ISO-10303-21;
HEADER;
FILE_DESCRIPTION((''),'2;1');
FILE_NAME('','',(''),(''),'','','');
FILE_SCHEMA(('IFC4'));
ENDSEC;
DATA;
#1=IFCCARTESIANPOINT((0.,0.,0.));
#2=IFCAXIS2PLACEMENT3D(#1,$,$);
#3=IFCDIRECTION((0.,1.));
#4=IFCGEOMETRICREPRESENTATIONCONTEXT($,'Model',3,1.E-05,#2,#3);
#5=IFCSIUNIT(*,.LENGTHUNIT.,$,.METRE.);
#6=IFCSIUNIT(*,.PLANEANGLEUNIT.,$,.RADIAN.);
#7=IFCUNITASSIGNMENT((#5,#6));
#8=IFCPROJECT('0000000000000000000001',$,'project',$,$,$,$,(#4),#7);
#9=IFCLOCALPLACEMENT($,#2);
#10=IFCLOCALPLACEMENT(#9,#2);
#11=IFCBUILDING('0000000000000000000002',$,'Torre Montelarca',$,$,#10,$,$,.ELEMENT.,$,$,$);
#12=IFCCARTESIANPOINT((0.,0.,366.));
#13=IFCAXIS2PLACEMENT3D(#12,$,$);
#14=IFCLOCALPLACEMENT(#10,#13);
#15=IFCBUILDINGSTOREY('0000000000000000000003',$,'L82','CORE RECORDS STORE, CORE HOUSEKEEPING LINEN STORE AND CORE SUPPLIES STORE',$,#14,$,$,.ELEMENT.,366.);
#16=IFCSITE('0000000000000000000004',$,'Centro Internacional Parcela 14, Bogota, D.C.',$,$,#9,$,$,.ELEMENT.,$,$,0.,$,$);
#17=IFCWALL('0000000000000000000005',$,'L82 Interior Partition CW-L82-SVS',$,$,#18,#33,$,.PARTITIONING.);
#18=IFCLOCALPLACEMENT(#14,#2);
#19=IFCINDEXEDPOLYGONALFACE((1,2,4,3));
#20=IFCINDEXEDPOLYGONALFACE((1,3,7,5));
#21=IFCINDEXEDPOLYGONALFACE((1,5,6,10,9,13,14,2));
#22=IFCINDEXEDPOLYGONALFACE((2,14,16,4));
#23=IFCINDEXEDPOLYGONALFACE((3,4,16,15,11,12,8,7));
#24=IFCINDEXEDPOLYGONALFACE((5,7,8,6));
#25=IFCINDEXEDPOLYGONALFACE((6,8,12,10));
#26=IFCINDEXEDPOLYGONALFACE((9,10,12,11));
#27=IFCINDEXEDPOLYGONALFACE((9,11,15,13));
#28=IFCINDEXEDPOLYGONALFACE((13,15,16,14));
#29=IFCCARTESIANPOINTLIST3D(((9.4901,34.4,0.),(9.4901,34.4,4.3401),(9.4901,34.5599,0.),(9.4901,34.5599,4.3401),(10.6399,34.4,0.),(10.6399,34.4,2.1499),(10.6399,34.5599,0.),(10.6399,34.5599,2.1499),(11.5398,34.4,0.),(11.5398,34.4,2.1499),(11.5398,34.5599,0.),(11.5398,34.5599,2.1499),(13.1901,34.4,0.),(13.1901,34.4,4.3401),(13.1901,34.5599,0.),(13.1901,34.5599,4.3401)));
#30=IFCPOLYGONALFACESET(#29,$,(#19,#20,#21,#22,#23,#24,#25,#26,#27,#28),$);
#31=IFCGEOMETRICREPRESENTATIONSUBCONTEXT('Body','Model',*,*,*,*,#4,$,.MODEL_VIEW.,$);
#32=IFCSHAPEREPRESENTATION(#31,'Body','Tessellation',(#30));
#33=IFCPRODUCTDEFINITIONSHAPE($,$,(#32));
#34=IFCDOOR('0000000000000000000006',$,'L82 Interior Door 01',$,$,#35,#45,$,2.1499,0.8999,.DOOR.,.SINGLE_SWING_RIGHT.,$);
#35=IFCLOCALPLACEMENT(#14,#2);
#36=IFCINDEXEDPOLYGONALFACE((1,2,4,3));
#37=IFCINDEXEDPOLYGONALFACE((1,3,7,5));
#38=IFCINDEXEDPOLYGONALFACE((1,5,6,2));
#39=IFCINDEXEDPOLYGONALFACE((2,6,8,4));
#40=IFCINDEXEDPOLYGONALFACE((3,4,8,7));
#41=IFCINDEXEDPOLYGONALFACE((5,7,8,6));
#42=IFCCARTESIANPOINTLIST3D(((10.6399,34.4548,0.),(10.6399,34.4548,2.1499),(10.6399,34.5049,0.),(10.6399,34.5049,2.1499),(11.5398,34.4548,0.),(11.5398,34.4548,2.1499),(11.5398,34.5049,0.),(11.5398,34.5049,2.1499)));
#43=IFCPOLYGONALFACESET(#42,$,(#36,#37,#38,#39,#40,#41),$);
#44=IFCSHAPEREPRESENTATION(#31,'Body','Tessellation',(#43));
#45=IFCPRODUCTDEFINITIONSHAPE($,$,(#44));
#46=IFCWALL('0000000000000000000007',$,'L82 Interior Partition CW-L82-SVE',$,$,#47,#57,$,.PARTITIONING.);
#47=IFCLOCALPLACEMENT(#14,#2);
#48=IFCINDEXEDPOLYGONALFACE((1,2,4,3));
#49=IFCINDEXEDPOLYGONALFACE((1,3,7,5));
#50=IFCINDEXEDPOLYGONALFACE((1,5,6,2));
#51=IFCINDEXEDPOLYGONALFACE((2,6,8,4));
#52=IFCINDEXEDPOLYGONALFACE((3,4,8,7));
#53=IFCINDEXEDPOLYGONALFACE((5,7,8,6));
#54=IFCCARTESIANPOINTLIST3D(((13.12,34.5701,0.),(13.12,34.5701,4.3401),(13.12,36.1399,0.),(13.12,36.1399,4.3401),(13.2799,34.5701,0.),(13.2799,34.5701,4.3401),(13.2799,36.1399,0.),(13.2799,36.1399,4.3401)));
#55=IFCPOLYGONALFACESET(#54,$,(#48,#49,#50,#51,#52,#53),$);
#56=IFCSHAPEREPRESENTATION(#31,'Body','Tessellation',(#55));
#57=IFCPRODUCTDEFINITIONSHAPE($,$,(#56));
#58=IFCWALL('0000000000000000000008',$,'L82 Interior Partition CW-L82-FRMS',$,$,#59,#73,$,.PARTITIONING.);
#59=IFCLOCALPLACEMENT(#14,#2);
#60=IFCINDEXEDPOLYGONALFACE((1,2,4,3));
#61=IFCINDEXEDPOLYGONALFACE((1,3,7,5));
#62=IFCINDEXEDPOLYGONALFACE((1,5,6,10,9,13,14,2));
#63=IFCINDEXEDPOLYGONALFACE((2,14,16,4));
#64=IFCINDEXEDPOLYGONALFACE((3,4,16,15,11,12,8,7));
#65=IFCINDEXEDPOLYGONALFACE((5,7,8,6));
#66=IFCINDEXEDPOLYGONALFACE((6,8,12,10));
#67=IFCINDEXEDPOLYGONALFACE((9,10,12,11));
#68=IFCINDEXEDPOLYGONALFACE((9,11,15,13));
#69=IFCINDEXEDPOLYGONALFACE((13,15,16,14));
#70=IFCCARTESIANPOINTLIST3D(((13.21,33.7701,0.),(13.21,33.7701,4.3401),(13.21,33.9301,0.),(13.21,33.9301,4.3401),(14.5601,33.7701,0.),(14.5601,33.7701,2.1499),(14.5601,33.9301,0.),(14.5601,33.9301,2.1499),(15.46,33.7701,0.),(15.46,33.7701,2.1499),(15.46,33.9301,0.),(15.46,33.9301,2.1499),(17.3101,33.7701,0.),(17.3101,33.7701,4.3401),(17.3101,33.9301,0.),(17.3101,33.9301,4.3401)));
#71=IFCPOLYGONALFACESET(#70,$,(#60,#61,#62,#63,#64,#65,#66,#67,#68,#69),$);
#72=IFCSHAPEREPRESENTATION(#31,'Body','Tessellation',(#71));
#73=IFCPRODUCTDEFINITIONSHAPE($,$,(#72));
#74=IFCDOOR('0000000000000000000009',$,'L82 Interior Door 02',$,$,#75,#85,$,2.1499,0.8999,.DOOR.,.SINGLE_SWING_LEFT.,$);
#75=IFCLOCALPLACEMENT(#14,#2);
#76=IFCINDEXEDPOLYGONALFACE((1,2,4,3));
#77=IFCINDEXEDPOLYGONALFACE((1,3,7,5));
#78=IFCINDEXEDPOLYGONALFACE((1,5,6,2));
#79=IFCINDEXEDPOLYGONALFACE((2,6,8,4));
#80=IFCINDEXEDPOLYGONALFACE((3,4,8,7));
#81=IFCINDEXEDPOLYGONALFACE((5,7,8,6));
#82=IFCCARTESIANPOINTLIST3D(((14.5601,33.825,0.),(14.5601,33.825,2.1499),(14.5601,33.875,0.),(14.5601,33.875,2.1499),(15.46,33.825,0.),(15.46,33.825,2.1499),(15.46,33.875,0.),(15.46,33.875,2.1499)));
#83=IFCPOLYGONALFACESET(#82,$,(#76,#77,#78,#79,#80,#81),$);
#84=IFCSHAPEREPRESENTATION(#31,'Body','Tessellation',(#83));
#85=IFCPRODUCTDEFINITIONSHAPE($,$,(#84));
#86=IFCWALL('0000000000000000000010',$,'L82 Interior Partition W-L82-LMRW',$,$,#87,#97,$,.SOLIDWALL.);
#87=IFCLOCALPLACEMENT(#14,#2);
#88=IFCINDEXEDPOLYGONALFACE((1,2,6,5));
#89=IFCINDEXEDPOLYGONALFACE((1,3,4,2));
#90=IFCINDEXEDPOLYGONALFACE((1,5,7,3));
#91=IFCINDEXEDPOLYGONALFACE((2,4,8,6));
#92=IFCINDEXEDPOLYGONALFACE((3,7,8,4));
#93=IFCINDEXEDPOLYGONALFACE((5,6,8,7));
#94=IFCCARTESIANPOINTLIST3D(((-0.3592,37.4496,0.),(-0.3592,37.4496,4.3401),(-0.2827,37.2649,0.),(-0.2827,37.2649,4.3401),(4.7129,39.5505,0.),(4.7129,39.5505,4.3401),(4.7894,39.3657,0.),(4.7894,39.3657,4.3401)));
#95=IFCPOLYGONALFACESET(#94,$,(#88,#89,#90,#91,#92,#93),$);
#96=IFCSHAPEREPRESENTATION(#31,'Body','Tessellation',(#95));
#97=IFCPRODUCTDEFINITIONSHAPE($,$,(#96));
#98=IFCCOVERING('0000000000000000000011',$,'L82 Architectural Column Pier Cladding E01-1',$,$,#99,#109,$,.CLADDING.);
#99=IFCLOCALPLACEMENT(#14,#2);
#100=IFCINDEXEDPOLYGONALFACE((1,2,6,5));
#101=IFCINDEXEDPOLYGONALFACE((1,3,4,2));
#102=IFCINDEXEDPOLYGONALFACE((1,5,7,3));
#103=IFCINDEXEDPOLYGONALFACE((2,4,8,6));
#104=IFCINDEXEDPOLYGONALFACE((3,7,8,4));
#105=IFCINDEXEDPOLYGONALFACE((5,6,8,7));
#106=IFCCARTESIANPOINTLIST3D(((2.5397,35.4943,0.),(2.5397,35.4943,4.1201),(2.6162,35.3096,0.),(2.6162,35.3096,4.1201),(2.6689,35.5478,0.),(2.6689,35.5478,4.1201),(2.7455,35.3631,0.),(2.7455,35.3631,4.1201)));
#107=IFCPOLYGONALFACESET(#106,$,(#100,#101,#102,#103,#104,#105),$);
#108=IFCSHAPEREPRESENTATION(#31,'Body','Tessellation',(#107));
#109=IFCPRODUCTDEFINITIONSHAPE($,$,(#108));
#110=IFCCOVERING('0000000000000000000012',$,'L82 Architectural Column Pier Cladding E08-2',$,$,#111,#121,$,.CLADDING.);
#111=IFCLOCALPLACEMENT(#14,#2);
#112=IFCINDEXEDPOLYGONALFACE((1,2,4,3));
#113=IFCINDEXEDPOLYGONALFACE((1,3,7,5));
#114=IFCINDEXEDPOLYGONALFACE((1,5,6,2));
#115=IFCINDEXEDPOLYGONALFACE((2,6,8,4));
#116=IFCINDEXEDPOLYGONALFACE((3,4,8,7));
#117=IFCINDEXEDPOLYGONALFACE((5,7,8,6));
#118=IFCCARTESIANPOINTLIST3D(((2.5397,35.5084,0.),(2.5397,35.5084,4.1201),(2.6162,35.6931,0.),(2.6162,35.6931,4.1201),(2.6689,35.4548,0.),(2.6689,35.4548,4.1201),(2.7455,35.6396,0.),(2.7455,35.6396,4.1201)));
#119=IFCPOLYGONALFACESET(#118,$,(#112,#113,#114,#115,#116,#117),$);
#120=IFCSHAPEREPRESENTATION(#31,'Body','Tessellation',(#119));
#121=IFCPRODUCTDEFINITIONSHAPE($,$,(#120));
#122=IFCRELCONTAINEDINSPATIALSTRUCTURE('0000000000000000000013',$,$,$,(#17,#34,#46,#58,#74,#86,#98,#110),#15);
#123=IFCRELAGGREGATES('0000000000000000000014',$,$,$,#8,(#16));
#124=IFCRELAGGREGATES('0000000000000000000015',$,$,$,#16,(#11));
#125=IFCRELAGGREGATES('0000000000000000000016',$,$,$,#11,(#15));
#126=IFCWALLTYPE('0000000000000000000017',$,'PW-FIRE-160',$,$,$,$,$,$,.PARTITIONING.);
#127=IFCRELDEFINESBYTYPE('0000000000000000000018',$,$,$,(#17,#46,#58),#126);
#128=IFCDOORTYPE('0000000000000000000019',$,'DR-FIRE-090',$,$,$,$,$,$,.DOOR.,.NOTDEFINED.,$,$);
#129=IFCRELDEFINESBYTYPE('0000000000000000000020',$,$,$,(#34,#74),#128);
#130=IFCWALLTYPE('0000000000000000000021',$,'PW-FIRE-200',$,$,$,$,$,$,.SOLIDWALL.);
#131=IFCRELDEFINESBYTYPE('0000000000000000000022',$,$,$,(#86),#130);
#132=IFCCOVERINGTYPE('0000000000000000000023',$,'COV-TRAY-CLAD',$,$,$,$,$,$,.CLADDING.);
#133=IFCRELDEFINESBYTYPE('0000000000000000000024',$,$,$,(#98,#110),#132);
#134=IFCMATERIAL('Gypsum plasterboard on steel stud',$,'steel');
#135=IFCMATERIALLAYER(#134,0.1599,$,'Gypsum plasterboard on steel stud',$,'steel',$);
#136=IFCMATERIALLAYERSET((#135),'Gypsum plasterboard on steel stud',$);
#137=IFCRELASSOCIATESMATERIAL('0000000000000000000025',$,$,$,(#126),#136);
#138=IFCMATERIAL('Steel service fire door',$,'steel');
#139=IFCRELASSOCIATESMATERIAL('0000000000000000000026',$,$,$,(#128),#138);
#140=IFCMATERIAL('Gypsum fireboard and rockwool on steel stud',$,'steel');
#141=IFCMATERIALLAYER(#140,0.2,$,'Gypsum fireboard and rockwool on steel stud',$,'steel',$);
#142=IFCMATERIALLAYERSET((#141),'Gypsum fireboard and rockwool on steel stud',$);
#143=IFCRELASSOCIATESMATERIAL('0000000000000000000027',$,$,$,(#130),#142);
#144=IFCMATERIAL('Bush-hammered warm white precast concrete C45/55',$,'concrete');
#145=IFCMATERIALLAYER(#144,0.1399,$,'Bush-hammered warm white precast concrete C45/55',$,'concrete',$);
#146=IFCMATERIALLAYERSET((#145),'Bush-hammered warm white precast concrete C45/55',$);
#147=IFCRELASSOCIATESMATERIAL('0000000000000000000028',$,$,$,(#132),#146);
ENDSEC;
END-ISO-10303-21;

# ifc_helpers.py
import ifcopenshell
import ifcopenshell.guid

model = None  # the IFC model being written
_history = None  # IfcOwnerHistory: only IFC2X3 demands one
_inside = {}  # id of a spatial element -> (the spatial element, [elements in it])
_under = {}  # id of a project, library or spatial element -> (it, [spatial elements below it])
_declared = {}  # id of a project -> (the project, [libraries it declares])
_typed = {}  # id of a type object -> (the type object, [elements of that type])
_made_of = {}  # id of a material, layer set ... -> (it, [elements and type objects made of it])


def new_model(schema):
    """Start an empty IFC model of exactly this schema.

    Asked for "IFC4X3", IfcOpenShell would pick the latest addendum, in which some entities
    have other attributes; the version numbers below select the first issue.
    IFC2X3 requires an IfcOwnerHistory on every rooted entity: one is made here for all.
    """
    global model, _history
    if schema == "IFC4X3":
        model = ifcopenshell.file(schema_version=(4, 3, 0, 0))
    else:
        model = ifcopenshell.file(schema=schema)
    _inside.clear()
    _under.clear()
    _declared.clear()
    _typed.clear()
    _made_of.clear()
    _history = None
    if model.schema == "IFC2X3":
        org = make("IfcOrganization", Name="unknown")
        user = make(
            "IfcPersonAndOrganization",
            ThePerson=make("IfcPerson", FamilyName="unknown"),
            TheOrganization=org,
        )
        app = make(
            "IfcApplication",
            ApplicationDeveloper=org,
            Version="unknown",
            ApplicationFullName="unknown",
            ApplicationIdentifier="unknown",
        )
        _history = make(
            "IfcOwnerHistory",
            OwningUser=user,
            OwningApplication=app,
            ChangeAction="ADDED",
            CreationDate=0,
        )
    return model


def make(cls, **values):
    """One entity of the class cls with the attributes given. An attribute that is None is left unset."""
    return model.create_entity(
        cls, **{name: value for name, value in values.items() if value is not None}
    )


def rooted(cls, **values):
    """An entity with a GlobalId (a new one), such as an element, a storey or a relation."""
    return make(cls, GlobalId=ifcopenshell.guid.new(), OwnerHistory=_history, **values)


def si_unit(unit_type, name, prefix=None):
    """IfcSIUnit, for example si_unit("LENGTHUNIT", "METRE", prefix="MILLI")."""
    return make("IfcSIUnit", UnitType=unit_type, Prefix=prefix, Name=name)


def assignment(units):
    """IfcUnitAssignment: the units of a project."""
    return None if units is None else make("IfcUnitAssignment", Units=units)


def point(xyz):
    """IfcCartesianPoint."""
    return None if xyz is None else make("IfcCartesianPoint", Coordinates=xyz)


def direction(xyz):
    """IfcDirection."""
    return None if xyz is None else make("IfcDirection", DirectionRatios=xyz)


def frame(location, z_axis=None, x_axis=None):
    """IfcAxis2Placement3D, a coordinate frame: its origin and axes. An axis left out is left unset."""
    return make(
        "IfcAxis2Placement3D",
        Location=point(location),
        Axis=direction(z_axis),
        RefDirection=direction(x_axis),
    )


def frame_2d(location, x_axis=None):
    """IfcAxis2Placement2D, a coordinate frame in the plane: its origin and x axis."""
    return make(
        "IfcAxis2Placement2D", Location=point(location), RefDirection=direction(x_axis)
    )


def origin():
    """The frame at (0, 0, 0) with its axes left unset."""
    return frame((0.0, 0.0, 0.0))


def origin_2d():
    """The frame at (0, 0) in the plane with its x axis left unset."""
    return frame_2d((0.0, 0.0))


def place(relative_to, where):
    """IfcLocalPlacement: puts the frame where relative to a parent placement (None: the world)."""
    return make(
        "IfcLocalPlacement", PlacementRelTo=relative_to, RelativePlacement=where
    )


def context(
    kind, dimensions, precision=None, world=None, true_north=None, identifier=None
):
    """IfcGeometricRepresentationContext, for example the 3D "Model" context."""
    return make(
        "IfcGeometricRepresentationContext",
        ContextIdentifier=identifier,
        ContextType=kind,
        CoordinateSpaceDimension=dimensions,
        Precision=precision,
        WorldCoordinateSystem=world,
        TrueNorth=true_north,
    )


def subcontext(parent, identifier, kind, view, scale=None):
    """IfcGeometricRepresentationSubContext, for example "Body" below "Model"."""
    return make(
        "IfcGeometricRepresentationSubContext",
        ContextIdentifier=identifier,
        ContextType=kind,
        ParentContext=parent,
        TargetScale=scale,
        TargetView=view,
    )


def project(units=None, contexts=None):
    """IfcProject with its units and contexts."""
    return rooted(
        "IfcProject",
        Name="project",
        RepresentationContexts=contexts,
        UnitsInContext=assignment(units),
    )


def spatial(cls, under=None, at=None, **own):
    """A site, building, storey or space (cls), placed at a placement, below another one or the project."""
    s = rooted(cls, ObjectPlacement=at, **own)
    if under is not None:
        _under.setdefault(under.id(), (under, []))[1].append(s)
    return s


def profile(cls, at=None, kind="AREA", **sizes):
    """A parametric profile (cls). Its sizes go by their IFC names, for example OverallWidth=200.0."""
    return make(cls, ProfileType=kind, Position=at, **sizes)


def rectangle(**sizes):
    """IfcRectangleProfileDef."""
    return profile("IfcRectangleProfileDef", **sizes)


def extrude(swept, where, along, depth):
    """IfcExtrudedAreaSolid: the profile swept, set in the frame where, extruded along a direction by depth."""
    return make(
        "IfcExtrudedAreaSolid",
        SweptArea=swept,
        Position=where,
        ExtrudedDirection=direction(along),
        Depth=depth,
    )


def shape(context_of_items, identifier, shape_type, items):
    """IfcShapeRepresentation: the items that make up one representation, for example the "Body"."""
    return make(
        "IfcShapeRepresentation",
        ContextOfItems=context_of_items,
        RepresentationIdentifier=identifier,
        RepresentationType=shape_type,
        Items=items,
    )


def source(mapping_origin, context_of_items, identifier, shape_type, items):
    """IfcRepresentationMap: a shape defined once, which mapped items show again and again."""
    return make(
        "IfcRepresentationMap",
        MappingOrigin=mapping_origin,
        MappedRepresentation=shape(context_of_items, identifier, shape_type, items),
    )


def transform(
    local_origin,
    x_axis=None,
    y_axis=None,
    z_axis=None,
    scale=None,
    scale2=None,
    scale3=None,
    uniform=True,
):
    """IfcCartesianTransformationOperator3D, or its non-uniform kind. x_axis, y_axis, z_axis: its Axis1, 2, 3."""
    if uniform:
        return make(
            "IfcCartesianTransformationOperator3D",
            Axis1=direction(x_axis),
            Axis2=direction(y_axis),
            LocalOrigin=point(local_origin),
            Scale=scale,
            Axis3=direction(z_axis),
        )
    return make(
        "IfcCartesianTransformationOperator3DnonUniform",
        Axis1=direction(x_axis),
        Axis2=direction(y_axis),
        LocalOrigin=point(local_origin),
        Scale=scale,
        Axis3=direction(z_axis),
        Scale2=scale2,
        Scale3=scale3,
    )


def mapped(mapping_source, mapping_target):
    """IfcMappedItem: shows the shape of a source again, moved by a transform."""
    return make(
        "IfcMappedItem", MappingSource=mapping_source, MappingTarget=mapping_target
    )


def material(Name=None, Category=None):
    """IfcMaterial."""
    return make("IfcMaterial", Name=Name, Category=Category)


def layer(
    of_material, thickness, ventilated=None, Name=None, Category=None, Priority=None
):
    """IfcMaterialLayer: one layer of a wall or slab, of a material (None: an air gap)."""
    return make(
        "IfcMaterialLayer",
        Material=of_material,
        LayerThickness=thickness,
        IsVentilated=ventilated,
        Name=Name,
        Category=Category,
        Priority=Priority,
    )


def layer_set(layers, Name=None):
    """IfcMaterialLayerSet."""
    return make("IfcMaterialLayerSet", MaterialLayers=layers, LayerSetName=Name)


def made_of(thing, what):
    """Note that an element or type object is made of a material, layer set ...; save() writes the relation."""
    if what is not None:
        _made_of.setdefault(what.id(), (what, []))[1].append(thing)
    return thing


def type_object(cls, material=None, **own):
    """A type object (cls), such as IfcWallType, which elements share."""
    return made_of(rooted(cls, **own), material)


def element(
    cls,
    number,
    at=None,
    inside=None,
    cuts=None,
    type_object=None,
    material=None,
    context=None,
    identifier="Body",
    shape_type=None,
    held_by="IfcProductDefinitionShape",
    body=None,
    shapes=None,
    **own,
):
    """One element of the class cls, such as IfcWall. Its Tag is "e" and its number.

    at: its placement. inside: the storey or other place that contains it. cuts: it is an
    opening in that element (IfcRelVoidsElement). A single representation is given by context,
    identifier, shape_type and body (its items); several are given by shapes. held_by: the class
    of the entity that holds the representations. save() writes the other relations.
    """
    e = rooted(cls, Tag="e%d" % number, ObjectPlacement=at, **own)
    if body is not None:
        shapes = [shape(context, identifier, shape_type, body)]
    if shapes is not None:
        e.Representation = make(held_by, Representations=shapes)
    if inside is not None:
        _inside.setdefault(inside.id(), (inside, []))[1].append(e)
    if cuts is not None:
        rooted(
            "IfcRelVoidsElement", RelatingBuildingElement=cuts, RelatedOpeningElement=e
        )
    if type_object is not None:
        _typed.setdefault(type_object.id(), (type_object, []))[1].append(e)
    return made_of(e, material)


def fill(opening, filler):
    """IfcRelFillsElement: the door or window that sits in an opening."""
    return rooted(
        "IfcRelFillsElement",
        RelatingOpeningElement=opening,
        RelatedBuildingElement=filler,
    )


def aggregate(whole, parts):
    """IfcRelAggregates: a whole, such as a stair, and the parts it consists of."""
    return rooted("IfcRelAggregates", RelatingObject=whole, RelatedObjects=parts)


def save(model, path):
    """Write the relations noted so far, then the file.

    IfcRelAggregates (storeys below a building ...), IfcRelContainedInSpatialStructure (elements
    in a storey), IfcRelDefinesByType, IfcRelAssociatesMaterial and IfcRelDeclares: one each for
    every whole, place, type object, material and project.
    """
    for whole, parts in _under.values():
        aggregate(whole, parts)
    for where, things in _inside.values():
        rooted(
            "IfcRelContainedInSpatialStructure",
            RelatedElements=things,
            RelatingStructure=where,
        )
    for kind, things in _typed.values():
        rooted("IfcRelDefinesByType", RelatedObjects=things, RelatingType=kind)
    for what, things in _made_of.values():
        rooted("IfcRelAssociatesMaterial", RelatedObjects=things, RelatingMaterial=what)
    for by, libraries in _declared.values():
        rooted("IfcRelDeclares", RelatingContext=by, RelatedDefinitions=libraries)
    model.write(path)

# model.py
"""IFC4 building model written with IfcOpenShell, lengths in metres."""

from ifc_helpers import new_model, si_unit, direction, frame, frame_2d, origin, origin_2d, place, context, subcontext, project, spatial, rectangle, extrude, source, transform, mapped, material, layer, layer_set, type_object, element, fill, save


model = new_model("IFC4")

# Units and contexts
model_context = context("Model", 3, precision=1e-05, world=origin(), true_north=direction((0.0, 1.0)))
body_context = subcontext(model_context, "Body", "Model", "MODEL_VIEW")
ifc_project = project(units=[si_unit("LENGTHUNIT", "METRE"), si_unit("PLANEANGLEUNIT", "RADIAN")], contexts=[model_context])

# Site, building, storey
site_placement = place(None, origin())
site = spatial("IfcSite", under=ifc_project, at=site_placement, Name="Centro Internacional Parcela 14, Bogota, D.C.", CompositionType="ELEMENT", RefElevation=0.0)
building_placement = place(site_placement, origin())
building = spatial("IfcBuilding", under=site, at=building_placement, Name="Torre Montelarca", CompositionType="ELEMENT")
storey_placement = place(building_placement, frame((0.0, 0.0, 366.0)))
storey = spatial("IfcBuildingStorey", under=building, at=storey_placement, Name="L82", Description="CORE RECORDS STORE, CORE HOUSEKEEPING LINEN STORE AND CORE SUPPLIES STORE", CompositionType="ELEMENT", Elevation=366.0)

# Wall, opening, door
ifc_material_1 = material(Name="Gypsum plasterboard on steel stud", Category="steel")
ifc_layer_1 = layer(ifc_material_1, 0.1599, Name="Gypsum plasterboard on steel stud", Category="steel")
ifc_layer_set_1 = layer_set([ifc_layer_1], Name="Gypsum plasterboard on steel stud")
wall_type_1 = type_object("IfcWallType", Name="PW-FIRE-160", PredefinedType="PARTITIONING", material=ifc_layer_set_1)
wall_1_placement = place(storey_placement, frame((9.49, 34.48, 0.0), z_axis=(0.0, 0.0, 1.0), x_axis=(1.0, 0.0, 0.0)))
wall_1 = element("IfcWall", 1, at=wall_1_placement, inside=storey, type_object=wall_type_1, Name="L82 Interior Partition CW-L82-SVS", PredefinedType="PARTITIONING", context=body_context, shape_type="SweptSolid", body=[
    extrude(rectangle(XDim=3.7, YDim=0.1599, at=frame_2d((1.8501, 0.0))), origin(), (0.0, 0.0, 1.0), 4.3401),
])
opening_1_placement = place(wall_1_placement, frame((1.1499, 0.0, 0.0)))
opening_1 = element("IfcOpeningElement", 2, at=opening_1_placement, cuts=wall_1, PredefinedType="OPENING", context=body_context, shape_type="SweptSolid", body=[
    extrude(rectangle(XDim=0.8999, YDim=2.1499, at=frame_2d((0.45, 1.075))), frame((0.0, 0.0898, 0.0), z_axis=(0.0, -1.0, 0.0), x_axis=(1.0, 0.0, 0.0)), (0.0, 0.0, 1.0), 0.1799),
])
ifc_material_2 = material(Name="Steel service fire door", Category="steel")
door_type_1 = type_object("IfcDoorType", Name="DR-FIRE-090", OperationType="NOTDEFINED", PredefinedType="DOOR", material=ifc_material_2)
shared_shape_1 = source(origin(), body_context, "Body", "SweptSolid", [
    extrude(rectangle(XDim=0.8999, YDim=2.1499, at=frame_2d((0.45, 1.075))), frame((0.0, 0.0249, 0.0), z_axis=(0.0, -1.0, 0.0), x_axis=(1.0, 0.0, 0.0)), (0.0, 0.0, 1.0), 0.05),
])
door_1_placement = place(opening_1_placement, origin())
door_1 = element("IfcDoor", 3, at=door_1_placement, inside=storey, type_object=door_type_1, Name="L82 Interior Door 01", OperationType="SINGLE_SWING_RIGHT", OverallHeight=2.1499, OverallWidth=0.8999, PredefinedType="DOOR", context=body_context, shape_type="MappedRepresentation", body=[
    mapped(shared_shape_1, transform((0.0, 0.0, 0.0), scale=1.0)),
])
fill(opening_1, door_1)

# Wall
wall_2_placement = place(storey_placement, frame((13.2, 34.5701, 0.0), z_axis=(0.0, 0.0, 1.0), x_axis=(0.0, 1.0, 0.0)))
element("IfcWall", 4, at=wall_2_placement, inside=storey, type_object=wall_type_1, Name="L82 Interior Partition CW-L82-SVE", PredefinedType="PARTITIONING", context=body_context, shape_type="SweptSolid", body=[
    extrude(rectangle(XDim=1.5698, YDim=0.1599, at=frame_2d((0.7849, 0.0))), origin(), (0.0, 0.0, 1.0), 4.3401),
])

# Wall, opening, door
wall_3_placement = place(storey_placement, frame((13.21, 33.8501, 0.0), z_axis=(0.0, 0.0, 1.0), x_axis=(1.0, 0.0, 0.0)))
wall_3 = element("IfcWall", 5, at=wall_3_placement, inside=storey, type_object=wall_type_1, Name="L82 Interior Partition CW-L82-FRMS", PredefinedType="PARTITIONING", context=body_context, shape_type="SweptSolid", body=[
    extrude(rectangle(XDim=4.1001, YDim=0.1599, at=frame_2d((2.05, 0.0))), origin(), (0.0, 0.0, 1.0), 4.3401),
])
opening_2_placement = place(wall_3_placement, frame((1.3501, 0.0, 0.0)))
opening_2 = element("IfcOpeningElement", 6, at=opening_2_placement, cuts=wall_3, PredefinedType="OPENING", context=body_context, shape_type="SweptSolid", body=[
    extrude(rectangle(XDim=0.8999, YDim=2.1499, at=frame_2d((0.45, 1.075))), frame((0.0, 0.0898, 0.0), z_axis=(0.0, -1.0, 0.0), x_axis=(1.0, 0.0, 0.0)), (0.0, 0.0, 1.0), 0.1799),
])
door_2_placement = place(opening_2_placement, origin())
door_2 = element("IfcDoor", 7, at=door_2_placement, inside=storey, type_object=door_type_1, Name="L82 Interior Door 02", OperationType="SINGLE_SWING_LEFT", OverallHeight=2.1499, OverallWidth=0.8999, PredefinedType="DOOR", context=body_context, shape_type="MappedRepresentation", body=[
    mapped(shared_shape_1, transform((0.0, 0.0, 0.0), scale=1.0)),
])
fill(opening_2, door_2)

# Wall
ifc_material_3 = material(Name="Gypsum fireboard and rockwool on steel stud", Category="steel")
ifc_layer_2 = layer(ifc_material_3, 0.2, Name="Gypsum fireboard and rockwool on steel stud", Category="steel")
ifc_layer_set_2 = layer_set([ifc_layer_2], Name="Gypsum fireboard and rockwool on steel stud")
wall_type_2 = type_object("IfcWallType", Name="PW-FIRE-200", PredefinedType="SOLIDWALL", material=ifc_layer_set_2)
wall_4_placement = place(storey_placement, frame((-0.321, 37.3572, 0.0), z_axis=(0.0, 0.0, 1.0), x_axis=(0.923884, 0.382673, 0.0)))
element("IfcWall", 8, at=wall_4_placement, inside=storey, type_object=wall_type_2, Name="L82 Interior Partition W-L82-LMRW", PredefinedType="SOLIDWALL", context=body_context, shape_type="SweptSolid", body=[
    extrude(rectangle(XDim=5.49, YDim=0.2, at=frame_2d((2.7451, 0.0))), origin(), (0.0, 0.0, 1.0), 4.3401),
])

# Coverings
ifc_material_4 = material(Name="Bush-hammered warm white precast concrete C45/55", Category="concrete")
ifc_layer_3 = layer(ifc_material_4, 0.1399, Name="Bush-hammered warm white precast concrete C45/55", Category="concrete")
ifc_layer_set_3 = layer_set([ifc_layer_3], Name="Bush-hammered warm white precast concrete C45/55")
covering_type = type_object("IfcCoveringType", Name="COV-TRAY-CLAD", PredefinedType="CLADDING", material=ifc_layer_set_3)
shared_shape_2 = source(origin(), body_context, "Body", "SweptSolid", [
    extrude(rectangle(XDim=0.2, YDim=0.1399, at=origin_2d()), origin(), (0.0, 0.0, 1.0), 4.1201),
])
for number, where, z_axis, x_axis, name in (
    (9, (2.6426, 35.4287, 0.0), (0.0, 0.0, 1.0), (0.382683, -0.92388, 0.0), "L82 Architectural Column Pier Cladding E01-1"),
    (10, (2.6426, 35.574, 0.0), (0.0, 0.0, 1.0), (-0.382693, -0.923876, 0.0), "L82 Architectural Column Pier Cladding E08-2"),
):
    element("IfcCovering", number, at=place(storey_placement, frame(where, z_axis=z_axis, x_axis=x_axis)), inside=storey, type_object=covering_type, Name=name, PredefinedType="CLADDING", context=body_context, shape_type="MappedRepresentation", body=[
        mapped(shared_shape_2, transform((0.0, 0.0, 0.0), scale=1.0)),
    ])

save(model, "model.ifc")
